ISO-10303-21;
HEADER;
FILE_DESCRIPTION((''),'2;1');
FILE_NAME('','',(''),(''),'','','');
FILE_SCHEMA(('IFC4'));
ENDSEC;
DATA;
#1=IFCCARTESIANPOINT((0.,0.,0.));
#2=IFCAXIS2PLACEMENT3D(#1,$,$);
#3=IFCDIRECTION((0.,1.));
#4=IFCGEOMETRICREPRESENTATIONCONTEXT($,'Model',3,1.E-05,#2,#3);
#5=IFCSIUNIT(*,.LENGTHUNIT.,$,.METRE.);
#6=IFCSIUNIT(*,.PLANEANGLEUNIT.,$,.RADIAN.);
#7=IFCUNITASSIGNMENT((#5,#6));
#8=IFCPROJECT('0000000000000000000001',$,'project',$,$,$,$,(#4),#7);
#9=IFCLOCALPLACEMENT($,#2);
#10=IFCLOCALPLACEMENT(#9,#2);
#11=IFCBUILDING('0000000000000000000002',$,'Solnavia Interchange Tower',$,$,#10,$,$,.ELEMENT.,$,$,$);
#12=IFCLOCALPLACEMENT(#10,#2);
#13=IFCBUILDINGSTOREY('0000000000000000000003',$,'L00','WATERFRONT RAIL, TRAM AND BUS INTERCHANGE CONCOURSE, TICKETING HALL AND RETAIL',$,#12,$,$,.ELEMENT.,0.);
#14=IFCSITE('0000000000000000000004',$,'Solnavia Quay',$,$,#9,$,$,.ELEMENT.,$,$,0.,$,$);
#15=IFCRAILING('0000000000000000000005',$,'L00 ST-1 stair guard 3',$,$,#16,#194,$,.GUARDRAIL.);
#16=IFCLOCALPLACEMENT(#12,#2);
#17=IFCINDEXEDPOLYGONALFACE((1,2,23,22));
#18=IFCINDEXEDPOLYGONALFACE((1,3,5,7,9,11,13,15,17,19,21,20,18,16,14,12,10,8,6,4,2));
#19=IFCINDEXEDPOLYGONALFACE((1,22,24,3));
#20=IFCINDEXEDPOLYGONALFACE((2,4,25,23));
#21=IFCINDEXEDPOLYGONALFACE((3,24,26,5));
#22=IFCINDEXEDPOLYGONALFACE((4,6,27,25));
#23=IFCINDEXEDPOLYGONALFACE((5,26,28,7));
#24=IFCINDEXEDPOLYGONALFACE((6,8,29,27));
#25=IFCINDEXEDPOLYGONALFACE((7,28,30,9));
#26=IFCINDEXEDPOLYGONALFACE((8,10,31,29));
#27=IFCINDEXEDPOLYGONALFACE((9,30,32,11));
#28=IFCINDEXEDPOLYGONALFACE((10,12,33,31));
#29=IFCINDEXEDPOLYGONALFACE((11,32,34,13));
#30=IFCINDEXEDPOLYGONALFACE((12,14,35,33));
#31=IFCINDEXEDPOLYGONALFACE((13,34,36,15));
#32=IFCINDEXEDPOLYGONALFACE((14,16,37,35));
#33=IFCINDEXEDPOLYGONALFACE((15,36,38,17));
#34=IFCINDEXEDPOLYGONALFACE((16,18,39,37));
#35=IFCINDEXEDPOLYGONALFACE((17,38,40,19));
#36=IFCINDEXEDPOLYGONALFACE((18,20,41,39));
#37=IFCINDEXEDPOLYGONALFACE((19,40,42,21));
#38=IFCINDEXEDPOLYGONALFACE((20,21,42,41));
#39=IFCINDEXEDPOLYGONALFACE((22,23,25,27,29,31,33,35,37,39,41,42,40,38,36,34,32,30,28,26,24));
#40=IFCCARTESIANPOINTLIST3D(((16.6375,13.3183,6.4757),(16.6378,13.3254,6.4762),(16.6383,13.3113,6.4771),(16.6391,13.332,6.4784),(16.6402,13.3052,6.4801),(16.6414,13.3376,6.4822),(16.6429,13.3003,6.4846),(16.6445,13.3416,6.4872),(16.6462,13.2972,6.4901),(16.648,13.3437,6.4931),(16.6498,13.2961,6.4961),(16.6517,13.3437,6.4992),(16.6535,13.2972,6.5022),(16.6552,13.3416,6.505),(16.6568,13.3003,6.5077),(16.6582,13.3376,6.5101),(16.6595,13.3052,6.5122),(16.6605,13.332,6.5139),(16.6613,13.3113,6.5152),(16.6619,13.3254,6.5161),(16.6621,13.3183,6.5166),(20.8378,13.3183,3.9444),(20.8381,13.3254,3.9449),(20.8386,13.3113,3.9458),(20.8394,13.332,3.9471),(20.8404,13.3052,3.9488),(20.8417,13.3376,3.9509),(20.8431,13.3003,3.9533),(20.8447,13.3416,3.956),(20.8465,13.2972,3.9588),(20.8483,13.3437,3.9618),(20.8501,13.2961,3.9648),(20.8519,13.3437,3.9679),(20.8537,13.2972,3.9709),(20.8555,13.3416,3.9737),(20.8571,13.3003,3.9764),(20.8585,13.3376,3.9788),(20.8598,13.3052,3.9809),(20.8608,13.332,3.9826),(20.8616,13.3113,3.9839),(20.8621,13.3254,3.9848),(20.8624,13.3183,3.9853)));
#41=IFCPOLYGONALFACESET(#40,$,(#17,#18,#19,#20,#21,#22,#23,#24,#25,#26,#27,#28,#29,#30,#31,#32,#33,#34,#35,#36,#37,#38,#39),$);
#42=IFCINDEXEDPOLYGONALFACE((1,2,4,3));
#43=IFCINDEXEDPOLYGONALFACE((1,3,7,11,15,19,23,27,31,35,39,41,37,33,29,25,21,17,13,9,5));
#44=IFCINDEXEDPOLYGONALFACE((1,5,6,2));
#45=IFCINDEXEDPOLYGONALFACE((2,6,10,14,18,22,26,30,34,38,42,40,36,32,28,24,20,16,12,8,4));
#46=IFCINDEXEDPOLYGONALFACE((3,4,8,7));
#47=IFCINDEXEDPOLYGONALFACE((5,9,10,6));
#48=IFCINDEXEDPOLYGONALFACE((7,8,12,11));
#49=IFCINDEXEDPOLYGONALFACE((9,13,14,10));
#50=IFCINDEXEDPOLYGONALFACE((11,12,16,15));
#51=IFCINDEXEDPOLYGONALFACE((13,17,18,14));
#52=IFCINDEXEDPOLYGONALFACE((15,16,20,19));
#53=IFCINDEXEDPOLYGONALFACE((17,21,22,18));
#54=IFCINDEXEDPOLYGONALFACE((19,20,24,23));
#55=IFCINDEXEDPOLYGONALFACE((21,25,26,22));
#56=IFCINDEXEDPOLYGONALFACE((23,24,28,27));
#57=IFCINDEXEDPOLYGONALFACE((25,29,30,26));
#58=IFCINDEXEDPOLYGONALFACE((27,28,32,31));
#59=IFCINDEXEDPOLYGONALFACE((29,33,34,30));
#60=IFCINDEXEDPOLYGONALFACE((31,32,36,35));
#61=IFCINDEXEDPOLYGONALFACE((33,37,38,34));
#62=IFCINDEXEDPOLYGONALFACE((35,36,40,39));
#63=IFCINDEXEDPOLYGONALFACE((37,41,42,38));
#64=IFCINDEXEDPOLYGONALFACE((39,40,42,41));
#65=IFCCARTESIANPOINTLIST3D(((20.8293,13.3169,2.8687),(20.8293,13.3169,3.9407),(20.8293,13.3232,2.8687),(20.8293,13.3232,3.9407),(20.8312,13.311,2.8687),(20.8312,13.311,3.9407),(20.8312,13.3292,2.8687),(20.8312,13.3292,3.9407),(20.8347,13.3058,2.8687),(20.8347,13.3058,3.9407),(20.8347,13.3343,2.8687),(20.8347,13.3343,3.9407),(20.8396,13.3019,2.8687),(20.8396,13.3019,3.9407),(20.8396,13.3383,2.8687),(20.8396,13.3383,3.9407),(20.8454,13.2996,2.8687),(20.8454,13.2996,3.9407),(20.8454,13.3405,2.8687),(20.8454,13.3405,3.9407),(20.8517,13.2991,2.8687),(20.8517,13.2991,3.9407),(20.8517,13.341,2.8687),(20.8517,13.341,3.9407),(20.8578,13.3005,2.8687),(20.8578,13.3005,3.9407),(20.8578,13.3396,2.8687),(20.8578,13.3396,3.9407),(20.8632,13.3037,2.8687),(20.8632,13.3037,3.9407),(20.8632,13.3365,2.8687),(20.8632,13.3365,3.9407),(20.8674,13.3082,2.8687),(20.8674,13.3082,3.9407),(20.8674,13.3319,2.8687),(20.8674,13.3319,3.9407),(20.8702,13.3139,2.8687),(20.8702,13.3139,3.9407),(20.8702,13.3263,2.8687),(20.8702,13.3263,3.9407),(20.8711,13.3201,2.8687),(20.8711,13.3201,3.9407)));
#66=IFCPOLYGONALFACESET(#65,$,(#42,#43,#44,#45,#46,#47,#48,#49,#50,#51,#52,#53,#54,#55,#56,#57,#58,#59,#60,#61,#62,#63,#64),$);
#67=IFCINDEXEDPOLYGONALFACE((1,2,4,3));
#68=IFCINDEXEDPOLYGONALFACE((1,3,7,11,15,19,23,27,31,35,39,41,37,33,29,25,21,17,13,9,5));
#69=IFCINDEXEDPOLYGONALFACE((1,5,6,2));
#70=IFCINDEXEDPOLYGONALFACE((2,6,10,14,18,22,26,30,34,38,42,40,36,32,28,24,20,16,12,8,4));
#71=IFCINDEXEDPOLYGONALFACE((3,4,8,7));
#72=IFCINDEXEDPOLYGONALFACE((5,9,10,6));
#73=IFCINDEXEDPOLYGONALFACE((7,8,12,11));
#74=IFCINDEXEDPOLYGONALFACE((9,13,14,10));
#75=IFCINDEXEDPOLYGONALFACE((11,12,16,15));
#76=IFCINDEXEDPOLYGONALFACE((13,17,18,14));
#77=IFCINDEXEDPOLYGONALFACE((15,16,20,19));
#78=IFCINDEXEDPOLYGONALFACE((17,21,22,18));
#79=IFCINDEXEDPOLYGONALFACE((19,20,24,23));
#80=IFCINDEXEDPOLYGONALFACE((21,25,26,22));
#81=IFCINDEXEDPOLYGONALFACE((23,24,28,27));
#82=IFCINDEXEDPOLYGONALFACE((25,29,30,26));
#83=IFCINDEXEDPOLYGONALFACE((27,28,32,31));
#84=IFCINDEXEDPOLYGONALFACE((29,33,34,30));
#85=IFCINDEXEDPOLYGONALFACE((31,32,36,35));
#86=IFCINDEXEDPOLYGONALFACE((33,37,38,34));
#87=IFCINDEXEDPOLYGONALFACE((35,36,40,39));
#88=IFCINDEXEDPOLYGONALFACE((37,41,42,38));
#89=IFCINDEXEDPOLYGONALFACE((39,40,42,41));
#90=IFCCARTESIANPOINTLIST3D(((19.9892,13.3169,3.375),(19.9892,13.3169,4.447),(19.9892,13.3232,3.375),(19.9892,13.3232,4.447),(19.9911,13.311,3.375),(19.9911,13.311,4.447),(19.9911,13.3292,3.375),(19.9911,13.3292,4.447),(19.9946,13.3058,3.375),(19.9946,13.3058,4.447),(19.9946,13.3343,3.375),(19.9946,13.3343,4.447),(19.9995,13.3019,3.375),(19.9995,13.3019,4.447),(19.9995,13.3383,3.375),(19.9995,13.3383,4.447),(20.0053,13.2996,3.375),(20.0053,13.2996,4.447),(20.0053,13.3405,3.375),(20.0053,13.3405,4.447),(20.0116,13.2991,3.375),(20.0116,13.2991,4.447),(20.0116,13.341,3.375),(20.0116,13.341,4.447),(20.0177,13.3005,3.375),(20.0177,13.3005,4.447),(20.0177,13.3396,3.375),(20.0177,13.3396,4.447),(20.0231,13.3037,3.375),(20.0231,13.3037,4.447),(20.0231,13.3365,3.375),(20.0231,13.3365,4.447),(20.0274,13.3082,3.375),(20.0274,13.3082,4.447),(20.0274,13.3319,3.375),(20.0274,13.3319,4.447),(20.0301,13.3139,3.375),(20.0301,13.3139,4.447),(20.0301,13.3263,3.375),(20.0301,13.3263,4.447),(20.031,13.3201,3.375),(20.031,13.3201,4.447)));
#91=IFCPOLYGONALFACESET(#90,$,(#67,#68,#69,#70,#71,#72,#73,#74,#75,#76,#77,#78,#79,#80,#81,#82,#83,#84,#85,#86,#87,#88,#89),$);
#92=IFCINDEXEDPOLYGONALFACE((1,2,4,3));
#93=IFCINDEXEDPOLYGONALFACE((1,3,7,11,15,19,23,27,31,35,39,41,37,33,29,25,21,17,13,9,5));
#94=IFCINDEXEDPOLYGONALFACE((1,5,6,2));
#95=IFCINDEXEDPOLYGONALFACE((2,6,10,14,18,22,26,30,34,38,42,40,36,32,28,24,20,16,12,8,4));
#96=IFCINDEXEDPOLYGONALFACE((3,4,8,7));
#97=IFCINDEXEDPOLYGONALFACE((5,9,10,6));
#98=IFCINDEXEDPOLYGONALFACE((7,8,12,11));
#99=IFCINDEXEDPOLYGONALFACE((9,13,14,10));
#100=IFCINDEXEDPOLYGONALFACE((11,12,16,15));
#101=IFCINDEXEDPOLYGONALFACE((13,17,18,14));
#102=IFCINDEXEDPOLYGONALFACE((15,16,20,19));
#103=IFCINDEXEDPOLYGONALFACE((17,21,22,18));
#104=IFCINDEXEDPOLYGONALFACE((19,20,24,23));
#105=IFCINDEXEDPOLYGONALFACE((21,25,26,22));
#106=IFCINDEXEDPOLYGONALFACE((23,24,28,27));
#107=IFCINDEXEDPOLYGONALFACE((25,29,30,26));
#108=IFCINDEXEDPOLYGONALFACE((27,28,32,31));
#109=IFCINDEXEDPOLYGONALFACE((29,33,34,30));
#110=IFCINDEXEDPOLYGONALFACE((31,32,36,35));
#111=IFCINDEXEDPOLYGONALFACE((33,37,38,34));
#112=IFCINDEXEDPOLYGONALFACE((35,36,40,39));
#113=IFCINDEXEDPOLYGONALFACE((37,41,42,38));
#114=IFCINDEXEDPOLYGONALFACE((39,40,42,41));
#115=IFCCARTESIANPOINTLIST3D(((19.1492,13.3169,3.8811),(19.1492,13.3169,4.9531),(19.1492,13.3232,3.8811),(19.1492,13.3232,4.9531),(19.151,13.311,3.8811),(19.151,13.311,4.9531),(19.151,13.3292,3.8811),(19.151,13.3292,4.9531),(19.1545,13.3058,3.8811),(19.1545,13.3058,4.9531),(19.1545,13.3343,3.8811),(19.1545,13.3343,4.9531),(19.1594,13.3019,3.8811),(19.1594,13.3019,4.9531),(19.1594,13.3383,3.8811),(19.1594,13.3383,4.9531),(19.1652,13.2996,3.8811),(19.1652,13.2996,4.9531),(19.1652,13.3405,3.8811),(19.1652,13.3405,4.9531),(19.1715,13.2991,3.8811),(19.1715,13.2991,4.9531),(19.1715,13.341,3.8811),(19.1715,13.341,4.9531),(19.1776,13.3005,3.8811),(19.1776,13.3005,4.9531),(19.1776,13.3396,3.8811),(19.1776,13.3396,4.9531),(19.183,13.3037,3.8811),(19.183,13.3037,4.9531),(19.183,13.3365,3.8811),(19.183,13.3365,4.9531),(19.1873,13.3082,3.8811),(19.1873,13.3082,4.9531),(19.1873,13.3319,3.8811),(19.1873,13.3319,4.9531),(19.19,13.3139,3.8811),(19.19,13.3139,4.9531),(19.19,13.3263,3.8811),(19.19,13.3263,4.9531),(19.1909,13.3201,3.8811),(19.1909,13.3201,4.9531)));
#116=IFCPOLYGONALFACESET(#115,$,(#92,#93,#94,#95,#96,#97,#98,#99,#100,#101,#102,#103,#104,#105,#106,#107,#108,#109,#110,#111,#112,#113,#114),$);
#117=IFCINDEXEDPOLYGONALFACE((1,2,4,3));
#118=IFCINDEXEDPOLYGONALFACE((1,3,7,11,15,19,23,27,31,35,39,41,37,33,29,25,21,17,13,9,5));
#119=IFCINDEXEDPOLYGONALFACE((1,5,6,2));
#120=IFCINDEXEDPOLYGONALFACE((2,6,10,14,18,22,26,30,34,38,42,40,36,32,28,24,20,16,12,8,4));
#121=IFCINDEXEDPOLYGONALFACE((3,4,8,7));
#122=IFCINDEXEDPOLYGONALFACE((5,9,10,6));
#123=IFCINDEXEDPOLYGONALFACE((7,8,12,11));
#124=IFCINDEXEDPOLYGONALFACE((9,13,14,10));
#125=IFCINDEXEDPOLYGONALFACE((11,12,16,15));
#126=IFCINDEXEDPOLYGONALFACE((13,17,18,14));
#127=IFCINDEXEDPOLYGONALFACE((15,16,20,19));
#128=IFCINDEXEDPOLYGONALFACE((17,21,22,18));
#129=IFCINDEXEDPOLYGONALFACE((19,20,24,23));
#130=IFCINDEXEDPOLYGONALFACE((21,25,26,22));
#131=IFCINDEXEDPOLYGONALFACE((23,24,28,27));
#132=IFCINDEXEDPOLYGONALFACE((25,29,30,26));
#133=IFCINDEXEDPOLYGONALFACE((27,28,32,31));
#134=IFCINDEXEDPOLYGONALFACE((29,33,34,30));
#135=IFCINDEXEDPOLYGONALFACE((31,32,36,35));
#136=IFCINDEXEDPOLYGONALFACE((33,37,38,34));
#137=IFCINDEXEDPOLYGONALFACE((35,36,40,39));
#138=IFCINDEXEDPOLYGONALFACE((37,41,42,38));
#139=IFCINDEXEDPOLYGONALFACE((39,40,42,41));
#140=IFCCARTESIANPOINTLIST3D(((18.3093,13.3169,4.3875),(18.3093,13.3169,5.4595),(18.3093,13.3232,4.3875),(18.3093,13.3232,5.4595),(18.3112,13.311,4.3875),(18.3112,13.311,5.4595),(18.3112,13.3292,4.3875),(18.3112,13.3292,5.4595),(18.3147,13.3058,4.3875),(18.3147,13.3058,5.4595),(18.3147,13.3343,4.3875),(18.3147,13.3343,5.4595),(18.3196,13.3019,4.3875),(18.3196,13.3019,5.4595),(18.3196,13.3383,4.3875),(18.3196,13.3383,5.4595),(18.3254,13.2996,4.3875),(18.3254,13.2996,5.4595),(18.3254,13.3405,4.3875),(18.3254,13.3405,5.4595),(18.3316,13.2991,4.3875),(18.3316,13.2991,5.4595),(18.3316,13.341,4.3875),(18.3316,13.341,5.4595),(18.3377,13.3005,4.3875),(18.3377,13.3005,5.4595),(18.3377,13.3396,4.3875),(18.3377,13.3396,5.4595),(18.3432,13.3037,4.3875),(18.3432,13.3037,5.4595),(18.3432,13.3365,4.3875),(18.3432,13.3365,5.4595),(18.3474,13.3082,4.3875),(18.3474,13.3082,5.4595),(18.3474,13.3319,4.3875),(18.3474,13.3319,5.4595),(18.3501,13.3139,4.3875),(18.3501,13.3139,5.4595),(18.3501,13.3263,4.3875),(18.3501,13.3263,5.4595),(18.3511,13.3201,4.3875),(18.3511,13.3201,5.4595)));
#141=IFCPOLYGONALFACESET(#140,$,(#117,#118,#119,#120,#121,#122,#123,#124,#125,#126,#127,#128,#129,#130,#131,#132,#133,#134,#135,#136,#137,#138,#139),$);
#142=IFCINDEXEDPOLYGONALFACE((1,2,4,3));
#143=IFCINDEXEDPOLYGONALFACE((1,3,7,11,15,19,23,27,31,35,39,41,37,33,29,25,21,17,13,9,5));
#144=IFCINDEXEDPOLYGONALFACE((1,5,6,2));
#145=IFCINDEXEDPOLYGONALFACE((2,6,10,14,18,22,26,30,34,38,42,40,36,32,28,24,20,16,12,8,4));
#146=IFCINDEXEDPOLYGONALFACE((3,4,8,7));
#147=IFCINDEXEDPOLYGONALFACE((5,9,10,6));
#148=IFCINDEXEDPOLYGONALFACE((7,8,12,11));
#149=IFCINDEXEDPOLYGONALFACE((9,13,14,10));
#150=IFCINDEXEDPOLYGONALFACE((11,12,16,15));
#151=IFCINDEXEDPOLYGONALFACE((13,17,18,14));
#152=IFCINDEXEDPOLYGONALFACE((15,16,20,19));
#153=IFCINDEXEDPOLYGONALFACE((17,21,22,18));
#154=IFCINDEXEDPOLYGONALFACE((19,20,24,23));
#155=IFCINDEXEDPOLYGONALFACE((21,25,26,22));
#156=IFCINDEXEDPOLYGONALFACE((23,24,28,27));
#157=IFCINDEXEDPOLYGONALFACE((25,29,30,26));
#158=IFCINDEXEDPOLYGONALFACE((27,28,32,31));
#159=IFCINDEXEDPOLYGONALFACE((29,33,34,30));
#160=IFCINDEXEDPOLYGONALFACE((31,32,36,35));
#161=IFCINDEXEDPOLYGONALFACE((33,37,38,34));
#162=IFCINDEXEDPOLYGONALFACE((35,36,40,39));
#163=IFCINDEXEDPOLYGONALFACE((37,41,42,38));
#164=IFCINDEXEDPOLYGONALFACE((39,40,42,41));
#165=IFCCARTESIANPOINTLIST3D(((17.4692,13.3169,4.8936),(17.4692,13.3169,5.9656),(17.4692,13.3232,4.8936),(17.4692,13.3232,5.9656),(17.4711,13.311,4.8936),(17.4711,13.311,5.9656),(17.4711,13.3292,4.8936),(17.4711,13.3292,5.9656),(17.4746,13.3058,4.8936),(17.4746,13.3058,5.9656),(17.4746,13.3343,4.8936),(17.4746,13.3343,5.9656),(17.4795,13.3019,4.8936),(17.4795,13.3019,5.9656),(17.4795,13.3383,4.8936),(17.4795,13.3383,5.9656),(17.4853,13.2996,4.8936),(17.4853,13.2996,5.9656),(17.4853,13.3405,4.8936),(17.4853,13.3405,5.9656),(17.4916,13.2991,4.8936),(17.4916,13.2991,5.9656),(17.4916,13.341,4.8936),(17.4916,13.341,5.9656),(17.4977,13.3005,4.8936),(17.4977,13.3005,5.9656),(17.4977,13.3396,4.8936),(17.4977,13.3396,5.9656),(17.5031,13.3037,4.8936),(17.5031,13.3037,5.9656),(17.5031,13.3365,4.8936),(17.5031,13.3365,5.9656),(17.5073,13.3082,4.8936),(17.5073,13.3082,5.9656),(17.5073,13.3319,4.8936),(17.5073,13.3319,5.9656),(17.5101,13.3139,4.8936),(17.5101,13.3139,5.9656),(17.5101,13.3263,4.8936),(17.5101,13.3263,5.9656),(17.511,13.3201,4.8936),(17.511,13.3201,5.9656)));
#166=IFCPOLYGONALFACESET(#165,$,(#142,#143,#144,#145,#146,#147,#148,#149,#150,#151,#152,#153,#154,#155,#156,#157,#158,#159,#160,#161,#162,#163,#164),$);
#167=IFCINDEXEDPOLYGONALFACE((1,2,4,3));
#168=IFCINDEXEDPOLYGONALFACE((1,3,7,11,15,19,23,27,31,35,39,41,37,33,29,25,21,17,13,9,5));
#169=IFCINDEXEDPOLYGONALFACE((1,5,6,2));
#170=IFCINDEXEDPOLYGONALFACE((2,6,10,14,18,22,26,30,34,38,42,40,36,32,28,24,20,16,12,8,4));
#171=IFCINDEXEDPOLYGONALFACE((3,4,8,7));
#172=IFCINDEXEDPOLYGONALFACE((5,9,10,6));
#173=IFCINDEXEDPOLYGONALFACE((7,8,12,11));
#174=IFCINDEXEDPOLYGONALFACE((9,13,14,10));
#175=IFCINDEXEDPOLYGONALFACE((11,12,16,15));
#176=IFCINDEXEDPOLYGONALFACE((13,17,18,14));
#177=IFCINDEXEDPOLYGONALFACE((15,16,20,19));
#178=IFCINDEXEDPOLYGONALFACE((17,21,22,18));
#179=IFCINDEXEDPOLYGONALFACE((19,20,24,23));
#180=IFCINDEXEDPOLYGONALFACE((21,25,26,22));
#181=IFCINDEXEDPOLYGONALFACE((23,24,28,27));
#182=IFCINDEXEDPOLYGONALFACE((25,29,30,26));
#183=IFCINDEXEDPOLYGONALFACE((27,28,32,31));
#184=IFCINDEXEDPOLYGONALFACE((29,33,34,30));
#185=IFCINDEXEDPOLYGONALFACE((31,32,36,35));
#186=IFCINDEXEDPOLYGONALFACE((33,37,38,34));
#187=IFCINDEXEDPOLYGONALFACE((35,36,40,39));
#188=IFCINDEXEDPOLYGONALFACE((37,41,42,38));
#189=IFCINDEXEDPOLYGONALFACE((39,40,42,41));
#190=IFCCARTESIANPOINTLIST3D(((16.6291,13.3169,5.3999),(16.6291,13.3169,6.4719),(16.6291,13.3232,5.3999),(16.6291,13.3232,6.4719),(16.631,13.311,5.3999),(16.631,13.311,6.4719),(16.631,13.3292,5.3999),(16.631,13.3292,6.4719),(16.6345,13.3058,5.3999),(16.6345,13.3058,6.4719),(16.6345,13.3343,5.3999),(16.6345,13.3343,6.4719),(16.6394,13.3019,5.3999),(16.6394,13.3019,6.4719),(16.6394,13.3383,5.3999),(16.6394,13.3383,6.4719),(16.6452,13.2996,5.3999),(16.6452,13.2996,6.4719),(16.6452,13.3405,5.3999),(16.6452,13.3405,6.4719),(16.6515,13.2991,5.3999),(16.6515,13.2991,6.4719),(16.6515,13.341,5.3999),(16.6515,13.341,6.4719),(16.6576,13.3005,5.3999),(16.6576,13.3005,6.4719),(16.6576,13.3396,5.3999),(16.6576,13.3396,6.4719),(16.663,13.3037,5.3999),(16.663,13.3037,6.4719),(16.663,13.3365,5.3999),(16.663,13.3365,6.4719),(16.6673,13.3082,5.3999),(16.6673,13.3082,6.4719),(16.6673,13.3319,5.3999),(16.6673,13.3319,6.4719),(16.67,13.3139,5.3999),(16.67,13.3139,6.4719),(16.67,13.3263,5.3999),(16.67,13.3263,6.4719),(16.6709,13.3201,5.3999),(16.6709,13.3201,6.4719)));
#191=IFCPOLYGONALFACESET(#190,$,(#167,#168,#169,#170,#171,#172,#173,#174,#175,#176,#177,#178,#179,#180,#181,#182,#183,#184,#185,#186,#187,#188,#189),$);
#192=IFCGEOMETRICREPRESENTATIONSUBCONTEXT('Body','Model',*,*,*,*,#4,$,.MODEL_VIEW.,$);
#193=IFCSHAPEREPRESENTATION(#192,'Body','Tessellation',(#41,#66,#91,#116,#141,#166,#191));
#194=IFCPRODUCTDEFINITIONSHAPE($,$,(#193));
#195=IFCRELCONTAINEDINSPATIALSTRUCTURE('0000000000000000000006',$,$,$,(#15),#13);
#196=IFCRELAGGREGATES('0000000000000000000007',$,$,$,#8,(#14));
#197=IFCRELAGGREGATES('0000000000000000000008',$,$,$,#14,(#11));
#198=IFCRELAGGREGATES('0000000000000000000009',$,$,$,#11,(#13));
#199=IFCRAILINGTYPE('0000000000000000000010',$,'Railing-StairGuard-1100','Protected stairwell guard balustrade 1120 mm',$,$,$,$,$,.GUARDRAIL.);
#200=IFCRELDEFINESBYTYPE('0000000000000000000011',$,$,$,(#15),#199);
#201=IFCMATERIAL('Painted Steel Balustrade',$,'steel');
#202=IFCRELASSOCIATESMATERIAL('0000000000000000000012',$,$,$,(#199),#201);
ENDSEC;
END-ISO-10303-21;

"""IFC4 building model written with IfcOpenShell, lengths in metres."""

from ifc_helpers import new_model, si_unit, direction, frame, origin, origin_2d, place, context, subcontext, project, spatial, circle, extrude, material, type_object, element, save


model = new_model("IFC4")

# Units and contexts
model_context = context("Model", 3, precision=1e-05, world=origin(), true_north=direction((0.0, 1.0)))
body_context = subcontext(model_context, "Body", "Model", "MODEL_VIEW")
ifc_project = project(units=[si_unit("LENGTHUNIT", "METRE"), si_unit("PLANEANGLEUNIT", "RADIAN")], contexts=[model_context])

# Site, building, storey
site_placement = place(None, origin())
site = spatial("IfcSite", under=ifc_project, at=site_placement, Name="Solnavia Quay", CompositionType="ELEMENT", RefElevation=0.0)
building_placement = place(site_placement, origin())
building = spatial("IfcBuilding", under=site, at=building_placement, Name="Solnavia Interchange Tower", CompositionType="ELEMENT")
storey_placement = place(building_placement, origin())
storey = spatial("IfcBuildingStorey", under=building, at=storey_placement, Name="L00", Description="WATERFRONT RAIL, TRAM AND BUS INTERCHANGE CONCOURSE, TICKETING HALL AND RETAIL", CompositionType="ELEMENT", Elevation=0.0)

# Railing
ifc_material_1 = material(Name="Painted Steel Balustrade", Category="steel")
railing_type_1 = type_object("IfcRailingType", Name="Railing-StairGuard-1100", Description="Protected stairwell guard balustrade 1120 mm", PredefinedType="GUARDRAIL", material=ifc_material_1)
railing_1_placement = place(storey_placement, frame((20.8501, 13.3201, 2.8687)))
element("IfcRailing", 1, at=railing_1_placement, inside=storey, type_object=railing_type_1, Name="L00 ST-1 stair guard 3", PredefinedType="GUARDRAIL", context=body_context, shape_type="SweptSolid", body=[
    extrude(circle(Radius=0.0239, at=origin_2d()), frame((0.0, 0.0, 1.0962), z_axis=(-0.85649, 0.0, 0.516164), x_axis=(0.0, -1.0, 0.0)), (0.0, 0.0, 1.0), 4.9041),
    extrude(circle(Radius=0.021, at=origin_2d()), origin(), (0.0, 0.0, 1.0), 1.072),
    extrude(circle(Radius=0.021, at=origin_2d()), frame((-0.8401, 0.0, 0.5063)), (0.0, 0.0, 1.0), 1.072),
    extrude(circle(Radius=0.021, at=origin_2d()), frame((-1.6802, 0.0, 1.0125)), (0.0, 0.0, 1.0), 1.072),
    extrude(circle(Radius=0.021, at=origin_2d()), frame((-2.52, 0.0, 1.5188)), (0.0, 0.0, 1.0), 1.072),
    extrude(circle(Radius=0.021, at=origin_2d()), frame((-3.3601, 0.0, 2.0249)), (0.0, 0.0, 1.0), 1.072),
    extrude(circle(Radius=0.021, at=origin_2d()), frame((-4.2002, 0.0, 2.5312)), (0.0, 0.0, 1.0), 1.072),
])

save(model, "model.ifc")
